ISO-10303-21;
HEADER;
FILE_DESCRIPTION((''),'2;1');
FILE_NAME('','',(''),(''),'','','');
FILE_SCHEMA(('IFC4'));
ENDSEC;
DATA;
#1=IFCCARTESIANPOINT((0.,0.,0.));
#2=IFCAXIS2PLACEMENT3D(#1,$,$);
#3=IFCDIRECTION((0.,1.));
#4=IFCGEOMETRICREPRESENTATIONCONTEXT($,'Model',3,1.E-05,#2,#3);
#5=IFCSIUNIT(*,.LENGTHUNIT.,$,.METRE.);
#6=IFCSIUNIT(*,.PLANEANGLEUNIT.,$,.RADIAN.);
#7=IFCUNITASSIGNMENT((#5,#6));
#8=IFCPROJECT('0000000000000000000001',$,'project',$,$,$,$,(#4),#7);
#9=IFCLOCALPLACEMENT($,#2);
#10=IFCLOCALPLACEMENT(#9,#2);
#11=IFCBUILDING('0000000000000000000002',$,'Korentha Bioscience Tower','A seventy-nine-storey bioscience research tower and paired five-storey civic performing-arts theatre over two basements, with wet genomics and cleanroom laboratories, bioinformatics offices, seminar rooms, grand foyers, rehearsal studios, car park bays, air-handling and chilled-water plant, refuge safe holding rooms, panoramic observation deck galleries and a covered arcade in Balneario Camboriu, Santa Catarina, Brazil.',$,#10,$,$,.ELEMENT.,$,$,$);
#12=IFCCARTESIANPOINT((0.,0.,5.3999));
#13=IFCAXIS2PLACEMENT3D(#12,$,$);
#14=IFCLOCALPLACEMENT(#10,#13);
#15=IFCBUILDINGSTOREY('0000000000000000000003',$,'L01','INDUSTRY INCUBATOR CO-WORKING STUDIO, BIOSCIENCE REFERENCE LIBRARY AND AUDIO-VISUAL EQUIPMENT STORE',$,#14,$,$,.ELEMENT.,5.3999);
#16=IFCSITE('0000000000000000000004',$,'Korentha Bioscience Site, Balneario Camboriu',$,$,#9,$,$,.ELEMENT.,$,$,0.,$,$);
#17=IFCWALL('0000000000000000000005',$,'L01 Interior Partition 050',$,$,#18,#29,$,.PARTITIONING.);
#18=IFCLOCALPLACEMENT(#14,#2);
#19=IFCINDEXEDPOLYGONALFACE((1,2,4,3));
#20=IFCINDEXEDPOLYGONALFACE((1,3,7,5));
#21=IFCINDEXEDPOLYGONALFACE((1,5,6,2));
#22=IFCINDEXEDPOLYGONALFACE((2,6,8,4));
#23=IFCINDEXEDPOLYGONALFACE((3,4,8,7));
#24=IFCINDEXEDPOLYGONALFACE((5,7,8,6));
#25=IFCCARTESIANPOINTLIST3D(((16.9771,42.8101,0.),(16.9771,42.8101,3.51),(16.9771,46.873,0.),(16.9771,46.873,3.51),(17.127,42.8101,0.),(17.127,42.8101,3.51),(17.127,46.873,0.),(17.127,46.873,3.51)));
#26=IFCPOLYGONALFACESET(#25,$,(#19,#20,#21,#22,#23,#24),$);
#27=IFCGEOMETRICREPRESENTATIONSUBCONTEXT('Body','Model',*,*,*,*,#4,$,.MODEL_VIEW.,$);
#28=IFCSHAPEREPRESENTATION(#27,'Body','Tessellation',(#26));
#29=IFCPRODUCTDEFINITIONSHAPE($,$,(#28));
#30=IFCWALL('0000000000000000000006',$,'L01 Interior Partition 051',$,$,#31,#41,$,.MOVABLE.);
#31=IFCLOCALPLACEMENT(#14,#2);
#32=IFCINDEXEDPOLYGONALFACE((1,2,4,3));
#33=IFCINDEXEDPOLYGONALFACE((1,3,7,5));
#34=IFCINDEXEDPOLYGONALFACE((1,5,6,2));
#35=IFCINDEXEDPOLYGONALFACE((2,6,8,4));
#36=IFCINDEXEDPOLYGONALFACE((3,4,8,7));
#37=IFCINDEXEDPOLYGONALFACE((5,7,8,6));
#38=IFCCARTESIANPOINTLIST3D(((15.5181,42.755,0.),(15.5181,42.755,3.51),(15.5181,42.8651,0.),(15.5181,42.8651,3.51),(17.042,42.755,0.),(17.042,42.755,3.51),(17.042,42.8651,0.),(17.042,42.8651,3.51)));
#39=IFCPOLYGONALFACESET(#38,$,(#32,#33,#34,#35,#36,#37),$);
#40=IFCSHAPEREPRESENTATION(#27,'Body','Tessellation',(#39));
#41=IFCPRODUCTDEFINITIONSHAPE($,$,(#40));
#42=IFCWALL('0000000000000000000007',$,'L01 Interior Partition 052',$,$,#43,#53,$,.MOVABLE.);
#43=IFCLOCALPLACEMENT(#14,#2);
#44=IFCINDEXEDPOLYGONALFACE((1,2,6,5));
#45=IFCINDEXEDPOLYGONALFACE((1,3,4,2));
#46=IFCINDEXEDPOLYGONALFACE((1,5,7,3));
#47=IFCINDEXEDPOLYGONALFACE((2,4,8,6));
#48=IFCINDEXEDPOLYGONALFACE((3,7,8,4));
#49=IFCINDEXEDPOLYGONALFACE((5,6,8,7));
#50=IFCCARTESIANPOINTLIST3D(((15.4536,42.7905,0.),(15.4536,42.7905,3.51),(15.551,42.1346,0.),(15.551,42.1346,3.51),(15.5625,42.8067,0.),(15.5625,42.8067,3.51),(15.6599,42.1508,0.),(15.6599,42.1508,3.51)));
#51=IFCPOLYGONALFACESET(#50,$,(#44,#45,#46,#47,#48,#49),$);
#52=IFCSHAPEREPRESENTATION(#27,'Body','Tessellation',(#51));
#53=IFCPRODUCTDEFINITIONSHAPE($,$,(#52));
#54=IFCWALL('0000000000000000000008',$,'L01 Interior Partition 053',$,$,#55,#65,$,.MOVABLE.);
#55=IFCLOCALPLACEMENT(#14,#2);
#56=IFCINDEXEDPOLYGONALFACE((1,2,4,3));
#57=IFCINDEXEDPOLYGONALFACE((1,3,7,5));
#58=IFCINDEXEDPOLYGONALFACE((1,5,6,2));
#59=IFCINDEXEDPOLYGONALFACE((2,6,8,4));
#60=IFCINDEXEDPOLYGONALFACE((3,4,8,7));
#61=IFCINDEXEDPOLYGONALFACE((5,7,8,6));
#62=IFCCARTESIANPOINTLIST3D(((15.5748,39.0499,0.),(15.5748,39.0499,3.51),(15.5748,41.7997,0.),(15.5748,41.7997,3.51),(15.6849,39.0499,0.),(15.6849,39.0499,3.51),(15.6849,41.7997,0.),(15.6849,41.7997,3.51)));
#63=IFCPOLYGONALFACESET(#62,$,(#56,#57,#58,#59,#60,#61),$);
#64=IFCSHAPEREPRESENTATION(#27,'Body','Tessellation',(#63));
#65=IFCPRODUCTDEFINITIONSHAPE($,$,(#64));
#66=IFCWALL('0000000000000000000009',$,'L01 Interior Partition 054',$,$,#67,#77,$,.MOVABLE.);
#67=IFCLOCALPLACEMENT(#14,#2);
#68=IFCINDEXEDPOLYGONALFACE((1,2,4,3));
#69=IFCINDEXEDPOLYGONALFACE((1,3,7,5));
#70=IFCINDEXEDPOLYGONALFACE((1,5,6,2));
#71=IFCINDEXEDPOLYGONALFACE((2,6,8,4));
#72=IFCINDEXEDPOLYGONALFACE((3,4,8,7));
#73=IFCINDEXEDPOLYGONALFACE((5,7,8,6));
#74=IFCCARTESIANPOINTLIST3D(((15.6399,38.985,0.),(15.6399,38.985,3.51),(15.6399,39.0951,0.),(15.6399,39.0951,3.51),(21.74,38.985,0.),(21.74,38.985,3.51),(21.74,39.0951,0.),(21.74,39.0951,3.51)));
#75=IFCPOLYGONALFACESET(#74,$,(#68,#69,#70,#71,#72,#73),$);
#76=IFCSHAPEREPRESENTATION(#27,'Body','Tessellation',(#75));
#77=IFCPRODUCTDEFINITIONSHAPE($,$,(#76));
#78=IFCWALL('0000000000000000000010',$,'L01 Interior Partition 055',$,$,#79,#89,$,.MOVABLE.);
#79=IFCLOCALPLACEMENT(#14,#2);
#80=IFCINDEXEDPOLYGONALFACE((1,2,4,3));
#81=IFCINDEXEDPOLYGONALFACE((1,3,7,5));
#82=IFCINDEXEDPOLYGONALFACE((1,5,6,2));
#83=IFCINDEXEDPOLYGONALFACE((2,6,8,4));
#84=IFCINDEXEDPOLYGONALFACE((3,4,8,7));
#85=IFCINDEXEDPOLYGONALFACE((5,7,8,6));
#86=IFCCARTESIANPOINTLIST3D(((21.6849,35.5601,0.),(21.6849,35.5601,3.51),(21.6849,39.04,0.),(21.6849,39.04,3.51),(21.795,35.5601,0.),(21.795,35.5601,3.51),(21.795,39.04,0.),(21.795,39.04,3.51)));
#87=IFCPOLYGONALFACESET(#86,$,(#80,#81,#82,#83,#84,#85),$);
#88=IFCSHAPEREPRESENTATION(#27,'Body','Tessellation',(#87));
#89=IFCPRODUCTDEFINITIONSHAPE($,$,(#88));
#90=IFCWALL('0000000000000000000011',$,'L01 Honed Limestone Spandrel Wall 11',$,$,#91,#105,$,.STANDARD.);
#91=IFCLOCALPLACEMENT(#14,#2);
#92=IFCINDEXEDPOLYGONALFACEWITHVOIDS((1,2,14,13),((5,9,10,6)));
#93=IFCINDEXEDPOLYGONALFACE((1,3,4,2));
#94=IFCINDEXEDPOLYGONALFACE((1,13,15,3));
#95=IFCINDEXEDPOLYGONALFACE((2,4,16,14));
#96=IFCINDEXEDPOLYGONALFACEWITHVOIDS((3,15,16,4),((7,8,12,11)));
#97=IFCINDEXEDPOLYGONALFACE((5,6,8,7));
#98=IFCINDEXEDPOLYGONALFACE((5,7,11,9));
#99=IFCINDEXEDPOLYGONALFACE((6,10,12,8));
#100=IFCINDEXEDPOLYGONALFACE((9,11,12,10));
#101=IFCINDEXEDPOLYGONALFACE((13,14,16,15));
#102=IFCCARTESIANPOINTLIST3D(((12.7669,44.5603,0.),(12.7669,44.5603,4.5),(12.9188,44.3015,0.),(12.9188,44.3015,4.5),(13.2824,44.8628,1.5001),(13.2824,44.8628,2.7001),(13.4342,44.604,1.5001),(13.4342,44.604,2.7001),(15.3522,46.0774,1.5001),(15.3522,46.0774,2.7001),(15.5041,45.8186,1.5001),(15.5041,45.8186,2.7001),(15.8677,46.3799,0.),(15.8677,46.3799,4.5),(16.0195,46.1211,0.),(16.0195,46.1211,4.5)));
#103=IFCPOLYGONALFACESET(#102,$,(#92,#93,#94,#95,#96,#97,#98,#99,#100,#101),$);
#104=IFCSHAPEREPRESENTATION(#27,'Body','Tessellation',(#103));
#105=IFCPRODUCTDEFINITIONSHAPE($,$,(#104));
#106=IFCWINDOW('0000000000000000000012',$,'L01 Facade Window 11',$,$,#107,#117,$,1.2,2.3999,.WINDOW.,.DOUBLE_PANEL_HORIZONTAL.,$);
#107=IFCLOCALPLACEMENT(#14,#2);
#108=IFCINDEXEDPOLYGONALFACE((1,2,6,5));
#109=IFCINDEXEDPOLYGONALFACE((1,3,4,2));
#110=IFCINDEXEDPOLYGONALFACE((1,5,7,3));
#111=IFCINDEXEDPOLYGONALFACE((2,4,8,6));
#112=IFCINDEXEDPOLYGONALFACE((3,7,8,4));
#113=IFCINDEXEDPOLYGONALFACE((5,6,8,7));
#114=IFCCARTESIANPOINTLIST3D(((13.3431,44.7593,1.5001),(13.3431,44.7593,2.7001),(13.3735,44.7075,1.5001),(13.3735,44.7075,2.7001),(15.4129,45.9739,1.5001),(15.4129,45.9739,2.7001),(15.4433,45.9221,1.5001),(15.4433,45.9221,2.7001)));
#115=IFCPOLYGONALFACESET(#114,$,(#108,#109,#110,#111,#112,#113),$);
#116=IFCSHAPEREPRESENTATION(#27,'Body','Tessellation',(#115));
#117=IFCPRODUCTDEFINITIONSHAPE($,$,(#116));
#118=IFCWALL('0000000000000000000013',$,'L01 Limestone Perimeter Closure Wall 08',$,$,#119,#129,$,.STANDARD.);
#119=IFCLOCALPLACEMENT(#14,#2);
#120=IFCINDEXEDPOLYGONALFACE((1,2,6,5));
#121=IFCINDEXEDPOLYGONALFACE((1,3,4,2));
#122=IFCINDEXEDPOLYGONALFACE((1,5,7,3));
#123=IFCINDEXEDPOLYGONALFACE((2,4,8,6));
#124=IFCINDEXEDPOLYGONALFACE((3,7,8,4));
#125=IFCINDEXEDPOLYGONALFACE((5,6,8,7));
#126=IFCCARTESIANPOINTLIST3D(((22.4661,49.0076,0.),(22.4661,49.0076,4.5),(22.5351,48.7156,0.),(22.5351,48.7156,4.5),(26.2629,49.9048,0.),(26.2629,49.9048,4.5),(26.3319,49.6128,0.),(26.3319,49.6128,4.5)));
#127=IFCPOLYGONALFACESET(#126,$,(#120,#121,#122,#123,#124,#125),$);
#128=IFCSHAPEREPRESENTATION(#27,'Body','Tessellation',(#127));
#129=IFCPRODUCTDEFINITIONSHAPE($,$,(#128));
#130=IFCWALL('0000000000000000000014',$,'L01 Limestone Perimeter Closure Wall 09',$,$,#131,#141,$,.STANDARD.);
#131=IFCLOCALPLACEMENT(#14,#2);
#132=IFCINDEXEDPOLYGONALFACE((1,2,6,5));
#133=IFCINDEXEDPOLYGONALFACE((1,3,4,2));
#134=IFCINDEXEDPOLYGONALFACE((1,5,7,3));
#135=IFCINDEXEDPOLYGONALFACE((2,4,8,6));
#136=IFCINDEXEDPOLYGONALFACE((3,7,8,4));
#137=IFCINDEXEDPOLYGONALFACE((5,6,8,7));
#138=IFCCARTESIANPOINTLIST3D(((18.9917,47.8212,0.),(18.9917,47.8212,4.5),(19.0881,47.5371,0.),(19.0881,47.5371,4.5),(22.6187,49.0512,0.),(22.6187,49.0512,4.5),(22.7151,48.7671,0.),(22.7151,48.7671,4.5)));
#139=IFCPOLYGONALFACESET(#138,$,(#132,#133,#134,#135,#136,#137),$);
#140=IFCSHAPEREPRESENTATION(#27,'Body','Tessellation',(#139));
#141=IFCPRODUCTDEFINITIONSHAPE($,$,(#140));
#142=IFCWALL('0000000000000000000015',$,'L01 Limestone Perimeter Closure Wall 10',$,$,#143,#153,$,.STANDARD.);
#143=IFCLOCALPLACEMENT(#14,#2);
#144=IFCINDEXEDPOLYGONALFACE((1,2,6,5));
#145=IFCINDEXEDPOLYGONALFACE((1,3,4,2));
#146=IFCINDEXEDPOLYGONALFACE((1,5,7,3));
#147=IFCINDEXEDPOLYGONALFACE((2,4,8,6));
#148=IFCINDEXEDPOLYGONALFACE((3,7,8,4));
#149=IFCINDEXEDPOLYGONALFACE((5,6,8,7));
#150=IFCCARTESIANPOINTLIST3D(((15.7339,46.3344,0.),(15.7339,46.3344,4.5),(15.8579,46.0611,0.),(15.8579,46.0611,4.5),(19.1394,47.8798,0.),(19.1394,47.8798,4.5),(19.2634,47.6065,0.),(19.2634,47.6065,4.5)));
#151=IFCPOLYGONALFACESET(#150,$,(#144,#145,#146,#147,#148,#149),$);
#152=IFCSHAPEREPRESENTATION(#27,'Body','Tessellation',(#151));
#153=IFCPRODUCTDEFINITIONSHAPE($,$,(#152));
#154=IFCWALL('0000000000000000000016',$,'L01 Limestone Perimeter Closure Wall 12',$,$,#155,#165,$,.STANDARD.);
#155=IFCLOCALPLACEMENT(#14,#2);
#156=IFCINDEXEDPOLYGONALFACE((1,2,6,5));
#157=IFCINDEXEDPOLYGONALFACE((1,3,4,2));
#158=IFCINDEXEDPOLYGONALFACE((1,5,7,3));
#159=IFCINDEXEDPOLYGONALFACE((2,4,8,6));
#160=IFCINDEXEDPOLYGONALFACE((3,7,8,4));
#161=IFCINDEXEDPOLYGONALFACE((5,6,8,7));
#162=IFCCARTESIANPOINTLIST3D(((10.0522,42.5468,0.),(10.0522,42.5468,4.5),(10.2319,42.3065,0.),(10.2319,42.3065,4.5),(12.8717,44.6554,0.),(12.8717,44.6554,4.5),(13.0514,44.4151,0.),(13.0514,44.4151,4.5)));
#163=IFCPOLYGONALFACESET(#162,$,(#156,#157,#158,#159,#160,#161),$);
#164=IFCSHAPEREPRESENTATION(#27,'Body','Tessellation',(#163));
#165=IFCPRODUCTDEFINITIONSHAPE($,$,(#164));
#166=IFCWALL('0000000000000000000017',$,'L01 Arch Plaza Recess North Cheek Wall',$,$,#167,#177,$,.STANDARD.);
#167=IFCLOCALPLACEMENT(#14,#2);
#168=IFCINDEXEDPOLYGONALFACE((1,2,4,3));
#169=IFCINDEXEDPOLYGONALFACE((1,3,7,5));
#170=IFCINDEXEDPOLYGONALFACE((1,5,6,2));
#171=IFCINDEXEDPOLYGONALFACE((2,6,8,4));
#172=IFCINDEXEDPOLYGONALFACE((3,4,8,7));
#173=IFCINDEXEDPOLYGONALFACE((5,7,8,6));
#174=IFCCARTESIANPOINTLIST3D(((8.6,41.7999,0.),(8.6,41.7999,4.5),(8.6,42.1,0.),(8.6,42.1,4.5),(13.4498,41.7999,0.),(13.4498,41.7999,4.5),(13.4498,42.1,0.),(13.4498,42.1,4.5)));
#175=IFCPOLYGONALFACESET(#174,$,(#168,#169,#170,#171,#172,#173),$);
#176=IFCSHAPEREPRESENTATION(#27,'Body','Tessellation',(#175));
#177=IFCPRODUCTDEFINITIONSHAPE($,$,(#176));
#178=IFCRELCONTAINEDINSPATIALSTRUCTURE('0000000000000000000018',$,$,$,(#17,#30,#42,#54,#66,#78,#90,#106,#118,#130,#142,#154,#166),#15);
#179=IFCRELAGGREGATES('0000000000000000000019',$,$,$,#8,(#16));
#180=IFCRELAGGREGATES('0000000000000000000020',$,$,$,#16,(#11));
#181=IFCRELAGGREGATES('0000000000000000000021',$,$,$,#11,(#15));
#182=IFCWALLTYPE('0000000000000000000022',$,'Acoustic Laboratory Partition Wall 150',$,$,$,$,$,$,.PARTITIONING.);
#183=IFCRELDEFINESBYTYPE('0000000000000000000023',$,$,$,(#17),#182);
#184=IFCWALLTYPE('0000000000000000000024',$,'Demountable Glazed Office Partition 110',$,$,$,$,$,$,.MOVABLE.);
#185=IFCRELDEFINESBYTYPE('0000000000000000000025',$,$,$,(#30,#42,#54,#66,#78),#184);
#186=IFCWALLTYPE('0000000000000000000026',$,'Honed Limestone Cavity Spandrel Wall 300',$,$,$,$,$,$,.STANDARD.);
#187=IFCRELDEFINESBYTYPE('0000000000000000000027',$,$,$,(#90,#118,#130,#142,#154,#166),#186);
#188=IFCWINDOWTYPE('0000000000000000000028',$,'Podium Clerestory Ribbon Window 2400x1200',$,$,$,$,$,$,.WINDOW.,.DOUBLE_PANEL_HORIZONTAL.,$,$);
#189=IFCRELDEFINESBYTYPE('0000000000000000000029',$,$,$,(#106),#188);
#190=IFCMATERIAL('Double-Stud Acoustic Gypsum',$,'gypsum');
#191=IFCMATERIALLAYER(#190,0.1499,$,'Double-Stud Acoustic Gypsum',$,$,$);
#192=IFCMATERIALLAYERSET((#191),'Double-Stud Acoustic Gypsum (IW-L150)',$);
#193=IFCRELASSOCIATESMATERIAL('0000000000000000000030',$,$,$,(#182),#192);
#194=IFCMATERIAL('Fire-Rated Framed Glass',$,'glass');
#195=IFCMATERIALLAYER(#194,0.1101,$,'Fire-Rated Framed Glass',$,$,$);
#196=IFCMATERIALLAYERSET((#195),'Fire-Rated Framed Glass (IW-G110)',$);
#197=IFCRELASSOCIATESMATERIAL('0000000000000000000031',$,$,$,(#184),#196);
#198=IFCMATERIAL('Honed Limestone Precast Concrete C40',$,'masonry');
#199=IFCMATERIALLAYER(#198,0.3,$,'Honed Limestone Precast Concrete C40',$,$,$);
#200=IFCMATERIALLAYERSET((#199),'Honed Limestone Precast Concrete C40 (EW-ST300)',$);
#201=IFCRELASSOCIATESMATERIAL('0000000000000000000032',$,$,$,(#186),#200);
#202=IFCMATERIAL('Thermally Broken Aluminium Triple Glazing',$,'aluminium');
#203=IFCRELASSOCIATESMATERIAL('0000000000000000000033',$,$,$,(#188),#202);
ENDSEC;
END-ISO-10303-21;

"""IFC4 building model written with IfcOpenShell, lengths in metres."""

from ifc_helpers import new_model, si_unit, direction, frame, frame_2d, origin, place, context, subcontext, project, spatial, rectangle, extrude, material, layer, layer_set, type_object, element, fill, save


model = new_model("IFC4")

# Units and contexts
model_context = context("Model", 3, precision=1e-05, world=origin(), true_north=direction((0.0, 1.0)))
body_context = subcontext(model_context, "Body", "Model", "MODEL_VIEW")
ifc_project = project(units=[si_unit("LENGTHUNIT", "METRE"), si_unit("PLANEANGLEUNIT", "RADIAN")], contexts=[model_context])

# Site, building, storey
site_placement = place(None, origin())
site = spatial("IfcSite", under=ifc_project, at=site_placement, Name="Korentha Bioscience Site, Balneario Camboriu", CompositionType="ELEMENT", RefElevation=0.0)
building_placement = place(site_placement, origin())
building = spatial("IfcBuilding", under=site, at=building_placement, Name="Korentha Bioscience Tower", Description="A seventy-nine-storey bioscience research tower and paired five-storey civic performing-arts theatre over two basements, with wet genomics and cleanroom laboratories, bioinformatics offices, seminar rooms, grand foyers, rehearsal studios, car park bays, air-handling and chilled-water plant, refuge safe holding rooms, panoramic observation deck galleries and a covered arcade in Balneario Camboriu, Santa Catarina, Brazil.", CompositionType="ELEMENT")
storey_placement = place(building_placement, frame((0.0, 0.0, 5.3999)))
storey = spatial("IfcBuildingStorey", under=building, at=storey_placement, Name="L01", Description="INDUSTRY INCUBATOR CO-WORKING STUDIO, BIOSCIENCE REFERENCE LIBRARY AND AUDIO-VISUAL EQUIPMENT STORE", CompositionType="ELEMENT", Elevation=5.3999)

# Walls
ifc_material_1 = material(Name="Double-Stud Acoustic Gypsum", Category="gypsum")
ifc_layer_1 = layer(ifc_material_1, 0.1499, Name="Double-Stud Acoustic Gypsum")
ifc_layer_set_1 = layer_set([ifc_layer_1], Name="Double-Stud Acoustic Gypsum (IW-L150)")
wall_type_1 = type_object("IfcWallType", Name="Acoustic Laboratory Partition Wall 150", PredefinedType="PARTITIONING", material=ifc_layer_set_1)
wall_1_placement = place(storey_placement, frame((17.052, 42.8101, 0.0), z_axis=(0.0, 0.0, 1.0), x_axis=(0.0, 1.0, 0.0)))
element("IfcWall", 1, at=wall_1_placement, inside=storey, type_object=wall_type_1, Name="L01 Interior Partition 050", PredefinedType="PARTITIONING", context=body_context, shape_type="SweptSolid", body=[
    extrude(rectangle(XDim=4.063, YDim=0.1499, at=frame_2d((2.0315, 0.0))), origin(), (0.0, 0.0, 1.0), 3.51),
])
ifc_material_2 = material(Name="Fire-Rated Framed Glass", Category="glass")
ifc_layer_2 = layer(ifc_material_2, 0.1101, Name="Fire-Rated Framed Glass")
ifc_layer_set_2 = layer_set([ifc_layer_2], Name="Fire-Rated Framed Glass (IW-G110)")
wall_type_2 = type_object("IfcWallType", Name="Demountable Glazed Office Partition 110", PredefinedType="MOVABLE", material=ifc_layer_set_2)
wall_2_placement = place(storey_placement, frame((17.042, 42.8101, 0.0), z_axis=(0.0, 0.0, 1.0), x_axis=(-1.0, 0.0, 0.0)))
element("IfcWall", 2, at=wall_2_placement, inside=storey, type_object=wall_type_2, Name="L01 Interior Partition 051", PredefinedType="MOVABLE", context=body_context, shape_type="SweptSolid", body=[
    extrude(rectangle(XDim=1.5239, YDim=0.1101, at=frame_2d((0.762, 0.0))), origin(), (0.0, 0.0, 1.0), 3.51),
])
wall_3_placement = place(storey_placement, frame((15.5081, 42.7986, 0.0), z_axis=(0.0, 0.0, 1.0), x_axis=(0.146882, -0.989154, 0.0)))
element("IfcWall", 3, at=wall_3_placement, inside=storey, type_object=wall_type_2, Name="L01 Interior Partition 052", PredefinedType="MOVABLE", context=body_context, shape_type="SweptSolid", body=[
    extrude(rectangle(XDim=0.6631, YDim=0.1101, at=frame_2d((0.3315, 0.0))), origin(), (0.0, 0.0, 1.0), 3.51),
])
wall_4_placement = place(storey_placement, frame((15.6299, 41.7998, 0.0), z_axis=(0.0, 0.0, 1.0), x_axis=(0.0, -1.0, 0.0)))
element("IfcWall", 4, at=wall_4_placement, inside=storey, type_object=wall_type_2, Name="L01 Interior Partition 053", PredefinedType="MOVABLE", context=body_context, shape_type="SweptSolid", body=[
    extrude(rectangle(XDim=2.7498, YDim=0.1101, at=frame_2d((1.375, 0.0))), origin(), (0.0, 0.0, 1.0), 3.51),
])
wall_5_placement = place(storey_placement, frame((15.6399, 39.04, 0.0), z_axis=(0.0, 0.0, 1.0), x_axis=(1.0, 0.0, 0.0)))
element("IfcWall", 5, at=wall_5_placement, inside=storey, type_object=wall_type_2, Name="L01 Interior Partition 054", PredefinedType="MOVABLE", context=body_context, shape_type="SweptSolid", body=[
    extrude(rectangle(XDim=6.1001, YDim=0.1101, at=frame_2d((3.05, 0.0))), origin(), (0.0, 0.0, 1.0), 3.51),
])
wall_6_placement = place(storey_placement, frame((21.74, 39.04, 0.0), z_axis=(0.0, 0.0, 1.0), x_axis=(0.0, -1.0, 0.0)))
element("IfcWall", 6, at=wall_6_placement, inside=storey, type_object=wall_type_2, Name="L01 Interior Partition 055", PredefinedType="MOVABLE", context=body_context, shape_type="SweptSolid", body=[
    extrude(rectangle(XDim=3.48, YDim=0.1101, at=frame_2d((1.74, 0.0))), origin(), (0.0, 0.0, 1.0), 3.51),
])

# Wall, opening, window
ifc_material_3 = material(Name="Honed Limestone Precast Concrete C40", Category="masonry")
ifc_layer_3 = layer(ifc_material_3, 0.3, Name="Honed Limestone Precast Concrete C40")
ifc_layer_set_3 = layer_set([ifc_layer_3], Name="Honed Limestone Precast Concrete C40 (EW-ST300)")
wall_type_3 = type_object("IfcWallType", Name="Honed Limestone Cavity Spandrel Wall 300", PredefinedType="STANDARD", material=ifc_layer_set_3)
wall_7_placement = place(storey_placement, frame((15.9436, 46.2505, 0.0), z_axis=(0.0, 0.0, 1.0), x_axis=(-0.862473, -0.506103, 0.0)))
wall_7 = element("IfcWall", 7, at=wall_7_placement, inside=storey, type_object=wall_type_3, Name="L01 Honed Limestone Spandrel Wall 11", PredefinedType="STANDARD", context=body_context, shape_type="SweptSolid", body=[
    extrude(rectangle(XDim=3.5952, YDim=0.3, at=frame_2d((1.7976, 0.0))), origin(), (0.0, 0.0, 1.0), 4.5),
])
opening_placement = place(wall_7_placement, frame((0.5977, 0.0, 1.5)))
opening = element("IfcOpeningElement", 8, at=opening_placement, cuts=wall_7, PredefinedType="OPENING", context=body_context, shape_type="SweptSolid", body=[
    extrude(rectangle(XDim=2.3999, YDim=1.2, at=frame_2d((1.2, 0.6001))), frame((0.0, 0.165, 0.0), z_axis=(0.0, -1.0, 0.0), x_axis=(1.0, 0.0, 0.0)), (0.0, 0.0, 1.0), 0.3298),
])
ifc_material_4 = material(Name="Thermally Broken Aluminium Triple Glazing", Category="aluminium")
window_type = type_object("IfcWindowType", Name="Podium Clerestory Ribbon Window 2400x1200", PartitioningType="DOUBLE_PANEL_HORIZONTAL", PredefinedType="WINDOW", material=ifc_material_4)
window_placement = place(opening_placement, origin())
window = element("IfcWindow", 9, at=window_placement, inside=storey, type_object=window_type, Name="L01 Facade Window 11", OverallHeight=1.2, OverallWidth=2.3999, PartitioningType="DOUBLE_PANEL_HORIZONTAL", PredefinedType="WINDOW", context=body_context, shape_type="SweptSolid", body=[
    extrude(rectangle(XDim=2.3999, YDim=1.2, at=frame_2d((1.2, 0.6001))), frame((0.0, 0.03, 0.0), z_axis=(0.0, -1.0, 0.0), x_axis=(1.0, 0.0, 0.0)), (0.0, 0.0, 1.0), 0.0601),
])
fill(opening, window)

# Walls
wall_8_placement = place(storey_placement, frame((26.2974, 49.7588, 0.0), z_axis=(0.0, 0.0, 1.0), x_axis=(-0.973198, -0.22997, 0.0)))
element("IfcWall", 10, at=wall_8_placement, inside=storey, type_object=wall_type_3, Name="L01 Limestone Perimeter Closure Wall 08", PredefinedType="STANDARD", context=body_context, shape_type="SweptSolid", body=[
    extrude(rectangle(XDim=3.9014, YDim=0.3, at=frame_2d((1.9507, 0.0))), origin(), (0.0, 0.0, 1.0), 4.5),
])
wall_9_placement = place(storey_placement, frame((22.667, 48.9092, 0.0), z_axis=(0.0, 0.0, 1.0), x_axis=(-0.947026, -0.321158, 0.0)))
element("IfcWall", 11, at=wall_9_placement, inside=storey, type_object=wall_type_3, Name="L01 Limestone Perimeter Closure Wall 09", PredefinedType="STANDARD", context=body_context, shape_type="SweptSolid", body=[
    extrude(rectangle(XDim=3.8298, YDim=0.3, at=frame_2d((1.915, 0.0))), origin(), (0.0, 0.0, 1.0), 4.5),
])
wall_10_placement = place(storey_placement, frame((19.2014, 47.7432, 0.0), z_axis=(0.0, 0.0, 1.0), x_axis=(-0.910623, -0.413237, 0.0)))
element("IfcWall", 12, at=wall_10_placement, inside=storey, type_object=wall_type_3, Name="L01 Limestone Perimeter Closure Wall 10", PredefinedType="STANDARD", context=body_context, shape_type="SweptSolid", body=[
    extrude(rectangle(XDim=3.7397, YDim=0.3, at=frame_2d((1.8699, 0.0))), origin(), (0.0, 0.0, 1.0), 4.5),
])
wall_11_placement = place(storey_placement, frame((12.9614, 44.5352, 0.0), z_axis=(0.0, 0.0, 1.0), x_axis=(-0.800823, -0.598901, 0.0)))
element("IfcWall", 13, at=wall_11_placement, inside=storey, type_object=wall_type_3, Name="L01 Limestone Perimeter Closure Wall 12", PredefinedType="STANDARD", context=body_context, shape_type="SweptSolid", body=[
    extrude(rectangle(XDim=3.5208, YDim=0.3, at=frame_2d((1.7603, 0.0))), origin(), (0.0, 0.0, 1.0), 4.5),
])
wall_12_placement = place(storey_placement, frame((8.6001, 41.95, 0.0), z_axis=(0.0, 0.0, 1.0), x_axis=(1.0, 0.0, 0.0)))
element("IfcWall", 14, at=wall_12_placement, inside=storey, type_object=wall_type_3, Name="L01 Arch Plaza Recess North Cheek Wall", PredefinedType="STANDARD", context=body_context, shape_type="SweptSolid", body=[
    extrude(rectangle(XDim=4.8499, YDim=0.3, at=frame_2d((2.4248, 0.0))), origin(), (0.0, 0.0, 1.0), 4.5),
])

save(model, "model.ifc")
